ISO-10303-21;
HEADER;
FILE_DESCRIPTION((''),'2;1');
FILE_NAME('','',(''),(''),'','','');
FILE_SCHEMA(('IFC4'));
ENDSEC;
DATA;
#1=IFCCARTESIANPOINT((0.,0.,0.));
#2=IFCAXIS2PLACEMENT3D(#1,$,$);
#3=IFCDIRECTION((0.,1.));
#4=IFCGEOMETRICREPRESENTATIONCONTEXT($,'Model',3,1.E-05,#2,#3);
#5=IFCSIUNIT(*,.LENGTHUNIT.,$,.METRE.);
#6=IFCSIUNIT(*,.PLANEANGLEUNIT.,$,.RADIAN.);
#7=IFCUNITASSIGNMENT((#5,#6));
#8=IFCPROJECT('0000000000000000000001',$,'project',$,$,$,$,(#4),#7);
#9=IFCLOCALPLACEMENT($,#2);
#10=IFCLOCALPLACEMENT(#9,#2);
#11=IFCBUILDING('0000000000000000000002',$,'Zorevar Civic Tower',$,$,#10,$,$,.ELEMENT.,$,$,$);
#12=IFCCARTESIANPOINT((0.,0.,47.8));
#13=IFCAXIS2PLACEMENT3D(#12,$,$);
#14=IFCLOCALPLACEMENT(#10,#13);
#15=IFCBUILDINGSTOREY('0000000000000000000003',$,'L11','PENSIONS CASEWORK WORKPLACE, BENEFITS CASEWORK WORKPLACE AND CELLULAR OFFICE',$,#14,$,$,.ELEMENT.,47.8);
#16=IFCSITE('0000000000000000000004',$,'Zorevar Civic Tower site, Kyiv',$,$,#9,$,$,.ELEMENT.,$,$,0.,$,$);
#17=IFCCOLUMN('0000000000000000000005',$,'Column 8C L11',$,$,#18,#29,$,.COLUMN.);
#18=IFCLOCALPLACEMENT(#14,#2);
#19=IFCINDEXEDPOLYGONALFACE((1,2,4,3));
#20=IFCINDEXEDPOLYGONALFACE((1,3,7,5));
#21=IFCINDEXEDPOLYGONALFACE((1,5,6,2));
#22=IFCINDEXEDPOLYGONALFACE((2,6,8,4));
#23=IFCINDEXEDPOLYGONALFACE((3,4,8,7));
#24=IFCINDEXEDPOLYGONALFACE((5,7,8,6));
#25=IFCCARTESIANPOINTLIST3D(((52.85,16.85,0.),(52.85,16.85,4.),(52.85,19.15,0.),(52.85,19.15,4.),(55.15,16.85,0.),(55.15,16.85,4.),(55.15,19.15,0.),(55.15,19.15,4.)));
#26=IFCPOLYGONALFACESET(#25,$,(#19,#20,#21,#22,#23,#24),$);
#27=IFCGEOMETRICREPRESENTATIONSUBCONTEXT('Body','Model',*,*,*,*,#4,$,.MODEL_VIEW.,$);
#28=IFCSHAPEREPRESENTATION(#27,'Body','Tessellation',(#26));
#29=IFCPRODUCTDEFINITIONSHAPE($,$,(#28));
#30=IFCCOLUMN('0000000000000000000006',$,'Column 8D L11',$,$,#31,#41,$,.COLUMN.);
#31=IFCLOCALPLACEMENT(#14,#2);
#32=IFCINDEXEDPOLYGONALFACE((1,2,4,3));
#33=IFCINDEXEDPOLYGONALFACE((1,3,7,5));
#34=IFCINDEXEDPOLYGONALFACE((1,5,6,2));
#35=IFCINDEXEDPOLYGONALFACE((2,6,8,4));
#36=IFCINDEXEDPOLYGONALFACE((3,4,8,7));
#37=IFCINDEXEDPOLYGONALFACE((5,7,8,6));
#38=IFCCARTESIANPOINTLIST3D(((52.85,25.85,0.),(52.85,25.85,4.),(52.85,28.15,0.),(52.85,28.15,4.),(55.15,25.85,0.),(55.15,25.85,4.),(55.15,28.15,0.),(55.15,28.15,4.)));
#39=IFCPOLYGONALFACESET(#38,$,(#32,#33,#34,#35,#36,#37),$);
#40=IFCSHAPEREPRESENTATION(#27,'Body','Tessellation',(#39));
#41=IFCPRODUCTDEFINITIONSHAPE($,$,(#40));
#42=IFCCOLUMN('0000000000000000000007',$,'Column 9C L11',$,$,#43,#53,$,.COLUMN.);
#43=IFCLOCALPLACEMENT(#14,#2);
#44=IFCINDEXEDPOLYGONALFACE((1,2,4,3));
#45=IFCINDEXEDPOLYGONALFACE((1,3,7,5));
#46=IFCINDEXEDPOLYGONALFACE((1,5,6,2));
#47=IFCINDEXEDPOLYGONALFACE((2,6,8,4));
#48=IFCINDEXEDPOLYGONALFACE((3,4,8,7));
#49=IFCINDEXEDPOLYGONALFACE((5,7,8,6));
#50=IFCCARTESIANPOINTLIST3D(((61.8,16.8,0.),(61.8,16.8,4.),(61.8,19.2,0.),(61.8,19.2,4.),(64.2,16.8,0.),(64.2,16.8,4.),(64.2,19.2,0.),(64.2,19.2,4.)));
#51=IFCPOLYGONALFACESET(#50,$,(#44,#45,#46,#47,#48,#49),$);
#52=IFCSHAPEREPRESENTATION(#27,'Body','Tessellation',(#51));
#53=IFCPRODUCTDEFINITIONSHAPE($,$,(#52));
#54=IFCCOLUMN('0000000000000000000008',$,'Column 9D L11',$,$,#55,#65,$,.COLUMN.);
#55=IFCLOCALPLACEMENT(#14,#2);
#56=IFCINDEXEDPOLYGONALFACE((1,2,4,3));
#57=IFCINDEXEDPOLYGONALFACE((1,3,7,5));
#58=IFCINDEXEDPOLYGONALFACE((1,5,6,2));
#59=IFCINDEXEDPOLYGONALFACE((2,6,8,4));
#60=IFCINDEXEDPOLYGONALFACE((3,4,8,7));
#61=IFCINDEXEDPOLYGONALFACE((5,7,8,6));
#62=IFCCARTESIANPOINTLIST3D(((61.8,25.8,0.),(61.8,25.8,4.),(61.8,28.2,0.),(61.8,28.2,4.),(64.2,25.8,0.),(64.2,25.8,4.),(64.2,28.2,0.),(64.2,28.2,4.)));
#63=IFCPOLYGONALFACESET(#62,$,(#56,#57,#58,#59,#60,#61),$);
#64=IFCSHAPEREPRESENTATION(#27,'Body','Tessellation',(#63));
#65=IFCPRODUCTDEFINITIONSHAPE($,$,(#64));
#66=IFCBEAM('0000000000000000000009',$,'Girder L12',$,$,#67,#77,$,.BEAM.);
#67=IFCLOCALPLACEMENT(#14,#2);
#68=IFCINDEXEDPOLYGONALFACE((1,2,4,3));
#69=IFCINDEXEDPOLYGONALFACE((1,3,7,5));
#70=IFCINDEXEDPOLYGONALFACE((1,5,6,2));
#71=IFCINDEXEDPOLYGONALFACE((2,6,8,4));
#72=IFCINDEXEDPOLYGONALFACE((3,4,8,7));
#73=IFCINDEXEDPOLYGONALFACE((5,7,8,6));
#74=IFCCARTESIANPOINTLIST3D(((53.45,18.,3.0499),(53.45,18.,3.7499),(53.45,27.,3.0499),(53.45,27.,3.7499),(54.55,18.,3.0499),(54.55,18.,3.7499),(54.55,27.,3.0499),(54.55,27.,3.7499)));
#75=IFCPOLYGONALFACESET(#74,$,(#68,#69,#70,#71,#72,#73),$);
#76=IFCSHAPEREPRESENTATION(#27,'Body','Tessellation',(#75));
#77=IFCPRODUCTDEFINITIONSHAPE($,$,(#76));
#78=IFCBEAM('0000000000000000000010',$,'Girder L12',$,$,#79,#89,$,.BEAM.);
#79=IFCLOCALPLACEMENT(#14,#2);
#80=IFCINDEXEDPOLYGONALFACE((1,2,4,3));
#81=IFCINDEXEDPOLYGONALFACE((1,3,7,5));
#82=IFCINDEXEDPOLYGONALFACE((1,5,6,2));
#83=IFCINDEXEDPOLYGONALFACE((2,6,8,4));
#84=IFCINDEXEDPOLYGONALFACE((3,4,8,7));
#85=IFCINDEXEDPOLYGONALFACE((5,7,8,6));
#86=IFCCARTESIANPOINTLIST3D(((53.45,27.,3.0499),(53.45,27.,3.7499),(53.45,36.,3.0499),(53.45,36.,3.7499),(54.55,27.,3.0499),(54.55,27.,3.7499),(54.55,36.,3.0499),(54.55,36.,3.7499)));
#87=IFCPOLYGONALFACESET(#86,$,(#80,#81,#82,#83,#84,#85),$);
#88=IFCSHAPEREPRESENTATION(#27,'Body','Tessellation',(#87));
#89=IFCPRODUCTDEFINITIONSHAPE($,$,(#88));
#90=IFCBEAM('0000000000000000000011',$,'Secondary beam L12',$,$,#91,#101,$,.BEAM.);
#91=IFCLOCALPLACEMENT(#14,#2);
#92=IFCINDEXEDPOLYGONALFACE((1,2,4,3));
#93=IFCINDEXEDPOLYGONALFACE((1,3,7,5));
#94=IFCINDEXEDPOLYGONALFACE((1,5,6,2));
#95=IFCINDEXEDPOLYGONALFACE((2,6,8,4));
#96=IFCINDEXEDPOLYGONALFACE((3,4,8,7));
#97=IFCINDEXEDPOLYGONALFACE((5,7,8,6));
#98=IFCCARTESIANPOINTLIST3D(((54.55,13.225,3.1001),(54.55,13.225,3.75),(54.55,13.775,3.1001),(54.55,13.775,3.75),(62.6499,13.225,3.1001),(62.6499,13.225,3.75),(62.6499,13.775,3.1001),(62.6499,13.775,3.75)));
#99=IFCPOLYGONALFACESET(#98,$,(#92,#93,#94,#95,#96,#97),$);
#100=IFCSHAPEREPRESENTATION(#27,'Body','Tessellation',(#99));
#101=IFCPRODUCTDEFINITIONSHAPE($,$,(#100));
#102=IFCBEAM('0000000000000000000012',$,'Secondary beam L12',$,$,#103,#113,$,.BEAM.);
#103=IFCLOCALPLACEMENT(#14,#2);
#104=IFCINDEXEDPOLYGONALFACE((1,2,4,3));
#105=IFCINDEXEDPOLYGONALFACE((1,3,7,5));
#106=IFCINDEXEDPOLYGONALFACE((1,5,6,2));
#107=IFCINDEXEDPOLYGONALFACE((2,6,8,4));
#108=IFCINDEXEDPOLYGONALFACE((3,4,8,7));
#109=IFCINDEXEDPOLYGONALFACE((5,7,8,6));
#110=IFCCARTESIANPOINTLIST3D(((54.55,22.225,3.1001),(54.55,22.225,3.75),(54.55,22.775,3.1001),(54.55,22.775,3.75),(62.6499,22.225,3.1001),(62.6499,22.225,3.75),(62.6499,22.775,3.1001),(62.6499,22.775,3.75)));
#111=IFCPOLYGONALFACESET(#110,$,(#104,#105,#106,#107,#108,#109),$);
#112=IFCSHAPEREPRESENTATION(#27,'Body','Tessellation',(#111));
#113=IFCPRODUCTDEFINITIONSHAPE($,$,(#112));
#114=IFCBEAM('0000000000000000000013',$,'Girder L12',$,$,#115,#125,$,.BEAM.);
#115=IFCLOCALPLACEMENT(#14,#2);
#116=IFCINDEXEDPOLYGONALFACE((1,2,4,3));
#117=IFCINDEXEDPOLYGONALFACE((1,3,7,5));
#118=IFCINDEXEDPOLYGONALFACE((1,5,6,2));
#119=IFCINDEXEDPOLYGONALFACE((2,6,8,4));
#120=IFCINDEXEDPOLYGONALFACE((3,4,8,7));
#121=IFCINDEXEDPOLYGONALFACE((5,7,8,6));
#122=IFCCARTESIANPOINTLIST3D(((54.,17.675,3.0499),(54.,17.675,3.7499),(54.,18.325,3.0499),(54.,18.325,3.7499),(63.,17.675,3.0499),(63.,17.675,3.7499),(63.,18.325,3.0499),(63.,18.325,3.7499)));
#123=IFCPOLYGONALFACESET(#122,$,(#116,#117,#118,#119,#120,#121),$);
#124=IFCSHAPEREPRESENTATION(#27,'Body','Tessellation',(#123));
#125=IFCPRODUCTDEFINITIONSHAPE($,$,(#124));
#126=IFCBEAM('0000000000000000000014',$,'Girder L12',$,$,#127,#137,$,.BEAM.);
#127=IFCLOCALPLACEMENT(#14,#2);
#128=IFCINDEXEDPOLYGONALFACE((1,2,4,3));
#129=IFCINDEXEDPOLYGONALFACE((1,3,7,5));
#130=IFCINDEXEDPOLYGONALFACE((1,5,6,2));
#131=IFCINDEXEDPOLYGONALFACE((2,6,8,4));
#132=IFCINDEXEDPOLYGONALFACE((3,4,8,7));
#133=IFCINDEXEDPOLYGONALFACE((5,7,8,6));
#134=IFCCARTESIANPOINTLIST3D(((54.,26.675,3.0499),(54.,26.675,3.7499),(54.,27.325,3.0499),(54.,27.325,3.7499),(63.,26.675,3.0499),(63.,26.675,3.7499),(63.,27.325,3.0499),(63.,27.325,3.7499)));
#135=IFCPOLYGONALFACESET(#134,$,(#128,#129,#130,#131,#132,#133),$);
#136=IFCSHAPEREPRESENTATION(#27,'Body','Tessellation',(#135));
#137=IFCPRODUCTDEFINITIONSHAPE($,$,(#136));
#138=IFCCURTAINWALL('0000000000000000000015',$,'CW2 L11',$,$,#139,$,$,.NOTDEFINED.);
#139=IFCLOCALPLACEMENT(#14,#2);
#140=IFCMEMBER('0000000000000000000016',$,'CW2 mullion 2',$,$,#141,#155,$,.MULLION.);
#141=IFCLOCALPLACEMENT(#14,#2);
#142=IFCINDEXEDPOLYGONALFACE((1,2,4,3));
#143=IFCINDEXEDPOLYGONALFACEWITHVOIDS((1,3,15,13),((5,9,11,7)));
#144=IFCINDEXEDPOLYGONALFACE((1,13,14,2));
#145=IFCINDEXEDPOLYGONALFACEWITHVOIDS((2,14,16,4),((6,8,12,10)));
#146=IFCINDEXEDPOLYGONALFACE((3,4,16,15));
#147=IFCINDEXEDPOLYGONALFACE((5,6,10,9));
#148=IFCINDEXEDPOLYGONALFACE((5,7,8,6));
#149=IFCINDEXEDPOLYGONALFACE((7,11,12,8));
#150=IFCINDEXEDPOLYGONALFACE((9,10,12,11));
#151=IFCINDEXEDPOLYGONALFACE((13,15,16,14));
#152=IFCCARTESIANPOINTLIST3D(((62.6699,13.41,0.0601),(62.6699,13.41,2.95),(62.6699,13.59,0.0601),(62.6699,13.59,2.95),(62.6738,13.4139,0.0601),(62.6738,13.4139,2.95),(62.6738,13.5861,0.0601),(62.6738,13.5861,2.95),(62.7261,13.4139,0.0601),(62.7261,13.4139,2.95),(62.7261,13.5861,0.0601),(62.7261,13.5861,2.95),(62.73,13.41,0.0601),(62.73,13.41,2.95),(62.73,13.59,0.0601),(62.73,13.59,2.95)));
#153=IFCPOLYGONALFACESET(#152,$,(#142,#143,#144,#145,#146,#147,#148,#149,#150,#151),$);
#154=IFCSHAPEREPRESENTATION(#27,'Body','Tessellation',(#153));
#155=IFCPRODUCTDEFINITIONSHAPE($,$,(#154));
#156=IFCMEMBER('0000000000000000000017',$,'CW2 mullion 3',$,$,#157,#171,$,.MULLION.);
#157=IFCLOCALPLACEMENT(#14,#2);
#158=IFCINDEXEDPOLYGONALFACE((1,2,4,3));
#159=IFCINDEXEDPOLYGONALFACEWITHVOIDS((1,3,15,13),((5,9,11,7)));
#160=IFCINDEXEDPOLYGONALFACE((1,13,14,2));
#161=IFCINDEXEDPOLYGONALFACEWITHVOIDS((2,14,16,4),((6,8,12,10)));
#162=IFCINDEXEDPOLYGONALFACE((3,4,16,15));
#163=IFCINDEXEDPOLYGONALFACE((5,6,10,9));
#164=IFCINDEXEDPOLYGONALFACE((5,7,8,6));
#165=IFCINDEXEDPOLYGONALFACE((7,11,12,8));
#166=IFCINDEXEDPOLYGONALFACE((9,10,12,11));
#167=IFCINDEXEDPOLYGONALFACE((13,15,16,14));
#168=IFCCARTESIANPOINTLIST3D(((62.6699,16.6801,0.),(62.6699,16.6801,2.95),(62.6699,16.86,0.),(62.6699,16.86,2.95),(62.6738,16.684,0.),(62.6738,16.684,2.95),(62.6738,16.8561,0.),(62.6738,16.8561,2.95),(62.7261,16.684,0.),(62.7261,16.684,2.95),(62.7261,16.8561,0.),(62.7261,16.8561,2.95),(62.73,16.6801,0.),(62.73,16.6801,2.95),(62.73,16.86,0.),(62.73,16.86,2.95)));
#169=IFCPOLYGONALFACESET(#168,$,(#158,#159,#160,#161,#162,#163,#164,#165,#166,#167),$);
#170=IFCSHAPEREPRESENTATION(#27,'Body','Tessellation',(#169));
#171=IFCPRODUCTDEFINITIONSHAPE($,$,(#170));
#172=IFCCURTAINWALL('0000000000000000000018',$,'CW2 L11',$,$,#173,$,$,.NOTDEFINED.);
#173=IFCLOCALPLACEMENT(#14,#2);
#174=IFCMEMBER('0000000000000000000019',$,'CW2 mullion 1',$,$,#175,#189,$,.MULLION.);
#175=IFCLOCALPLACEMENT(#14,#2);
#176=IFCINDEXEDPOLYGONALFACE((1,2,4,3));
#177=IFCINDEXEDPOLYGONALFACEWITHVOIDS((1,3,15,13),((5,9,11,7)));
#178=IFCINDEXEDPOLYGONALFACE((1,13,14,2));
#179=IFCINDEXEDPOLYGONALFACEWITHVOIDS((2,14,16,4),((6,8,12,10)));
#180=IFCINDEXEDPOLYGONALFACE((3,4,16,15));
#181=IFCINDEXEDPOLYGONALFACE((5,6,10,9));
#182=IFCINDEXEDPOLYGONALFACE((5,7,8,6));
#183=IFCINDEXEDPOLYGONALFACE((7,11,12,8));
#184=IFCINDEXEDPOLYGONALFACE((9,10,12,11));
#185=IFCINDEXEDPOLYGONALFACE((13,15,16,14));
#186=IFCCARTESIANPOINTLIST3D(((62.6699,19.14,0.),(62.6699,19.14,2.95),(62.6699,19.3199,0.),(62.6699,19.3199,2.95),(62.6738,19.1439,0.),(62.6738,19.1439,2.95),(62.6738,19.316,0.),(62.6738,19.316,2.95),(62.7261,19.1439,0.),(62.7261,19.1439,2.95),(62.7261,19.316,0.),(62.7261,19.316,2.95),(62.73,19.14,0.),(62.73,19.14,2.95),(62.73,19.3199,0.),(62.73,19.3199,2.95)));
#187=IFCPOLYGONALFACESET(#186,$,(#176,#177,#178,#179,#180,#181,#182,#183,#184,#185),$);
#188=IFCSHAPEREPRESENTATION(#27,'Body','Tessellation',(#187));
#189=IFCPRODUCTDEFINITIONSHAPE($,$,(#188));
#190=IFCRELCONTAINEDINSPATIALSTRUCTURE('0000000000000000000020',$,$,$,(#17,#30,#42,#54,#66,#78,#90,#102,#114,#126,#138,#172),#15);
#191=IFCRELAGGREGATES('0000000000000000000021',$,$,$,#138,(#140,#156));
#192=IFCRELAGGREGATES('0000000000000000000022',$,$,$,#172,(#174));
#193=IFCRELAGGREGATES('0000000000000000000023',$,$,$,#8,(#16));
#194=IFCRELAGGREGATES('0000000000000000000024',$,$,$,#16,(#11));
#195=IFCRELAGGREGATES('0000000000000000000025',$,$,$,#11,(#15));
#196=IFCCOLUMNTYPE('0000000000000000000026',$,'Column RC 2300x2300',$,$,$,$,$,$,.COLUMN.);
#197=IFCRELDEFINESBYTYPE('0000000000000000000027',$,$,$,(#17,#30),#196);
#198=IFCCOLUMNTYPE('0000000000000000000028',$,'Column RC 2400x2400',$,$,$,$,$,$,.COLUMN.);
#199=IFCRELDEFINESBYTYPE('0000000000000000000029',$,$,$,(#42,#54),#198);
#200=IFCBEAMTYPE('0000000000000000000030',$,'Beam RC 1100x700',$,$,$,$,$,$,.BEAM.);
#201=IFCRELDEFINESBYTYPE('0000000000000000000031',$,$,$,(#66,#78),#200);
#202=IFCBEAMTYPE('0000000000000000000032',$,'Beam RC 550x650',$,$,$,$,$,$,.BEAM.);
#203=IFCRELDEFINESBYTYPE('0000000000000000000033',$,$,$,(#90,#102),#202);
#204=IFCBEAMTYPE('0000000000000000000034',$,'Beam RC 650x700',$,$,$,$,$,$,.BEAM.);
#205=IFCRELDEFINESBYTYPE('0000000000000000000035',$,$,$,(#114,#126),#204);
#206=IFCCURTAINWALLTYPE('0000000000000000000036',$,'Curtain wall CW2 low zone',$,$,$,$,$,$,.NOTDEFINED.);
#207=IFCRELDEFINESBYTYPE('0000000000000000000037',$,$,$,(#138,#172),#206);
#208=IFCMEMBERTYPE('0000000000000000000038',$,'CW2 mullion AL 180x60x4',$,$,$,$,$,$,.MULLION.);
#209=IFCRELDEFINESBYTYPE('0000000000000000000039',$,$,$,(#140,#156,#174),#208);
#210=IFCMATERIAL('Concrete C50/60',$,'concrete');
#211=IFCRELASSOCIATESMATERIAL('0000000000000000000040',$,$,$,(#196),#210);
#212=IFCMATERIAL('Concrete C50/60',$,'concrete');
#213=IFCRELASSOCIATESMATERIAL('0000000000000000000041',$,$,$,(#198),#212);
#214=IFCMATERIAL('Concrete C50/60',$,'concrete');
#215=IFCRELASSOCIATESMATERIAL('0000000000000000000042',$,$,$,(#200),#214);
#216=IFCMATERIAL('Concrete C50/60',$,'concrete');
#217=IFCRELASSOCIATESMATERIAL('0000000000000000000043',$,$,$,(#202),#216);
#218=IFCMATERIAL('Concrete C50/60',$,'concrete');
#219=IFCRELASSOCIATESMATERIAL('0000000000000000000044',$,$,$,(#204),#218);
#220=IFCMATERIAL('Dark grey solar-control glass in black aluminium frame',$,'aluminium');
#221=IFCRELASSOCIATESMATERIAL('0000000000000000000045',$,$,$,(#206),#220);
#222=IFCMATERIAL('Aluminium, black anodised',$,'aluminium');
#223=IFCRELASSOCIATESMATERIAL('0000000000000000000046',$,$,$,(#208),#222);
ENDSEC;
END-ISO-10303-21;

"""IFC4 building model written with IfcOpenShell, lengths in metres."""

from ifc_helpers import new_model, si_unit, direction, frame, origin, origin_2d, place, context, subcontext, project, spatial, rectangle, hollow_rectangle, extrude, material, material_profile, profile_set, type_object, element, aggregate, save


model = new_model("IFC4")

# Units and contexts
model_context = context("Model", 3, precision=1e-05, world=origin(), true_north=direction((0.0, 1.0)))
body_context = subcontext(model_context, "Body", "Model", "MODEL_VIEW")
ifc_project = project(units=[si_unit("LENGTHUNIT", "METRE"), si_unit("PLANEANGLEUNIT", "RADIAN")], contexts=[model_context])

# Site, building, storey
site_placement = place(None, origin())
site = spatial("IfcSite", under=ifc_project, at=site_placement, Name="Zorevar Civic Tower site, Kyiv", CompositionType="ELEMENT", RefElevation=0.0)
building_placement = place(site_placement, origin())
building = spatial("IfcBuilding", under=site, at=building_placement, Name="Zorevar Civic Tower", CompositionType="ELEMENT")
storey_placement = place(building_placement, frame((0.0, 0.0, 47.8)))
storey = spatial("IfcBuildingStorey", under=building, at=storey_placement, Name="L11", Description="PENSIONS CASEWORK WORKPLACE, BENEFITS CASEWORK WORKPLACE AND CELLULAR OFFICE", CompositionType="ELEMENT", Elevation=47.8)

# Columns
ifc_material_1 = material(Name="Concrete C50/60", Category="concrete")
ifc_material_profile_1 = material_profile(ifc_material_1, rectangle(XDim=2.3, YDim=2.3, at=origin_2d()), Name="RC 2300x2300")
ifc_profile_set_1 = profile_set([ifc_material_profile_1], Name="Concrete C50/60")
column_type_1 = type_object("IfcColumnType", Name="Column RC 2300x2300", PredefinedType="COLUMN", material=ifc_profile_set_1)
for number, where, z_axis, x_axis, name in (
    (1, (54.0, 18.0, 0.0), (0.0, 0.0, 1.0), (1.0, 0.0, 0.0), "Column 8C L11"),
    (2, (54.0, 27.0, 0.0), (0.0, 0.0, 1.0), (1.0, 0.0, 0.0), "Column 8D L11"),
):
    element("IfcColumn", number, at=place(storey_placement, frame(where, z_axis=z_axis, x_axis=x_axis)), inside=storey, type_object=column_type_1, Name=name, PredefinedType="COLUMN", context=body_context, shape_type="SweptSolid", body=[
        extrude(rectangle(XDim=2.3, YDim=2.3, at=origin_2d()), origin(), (0.0, 0.0, 1.0), 4.0),
    ])
ifc_material_2 = material(Name="Concrete C50/60", Category="concrete")
ifc_material_profile_2 = material_profile(ifc_material_2, rectangle(XDim=2.3999, YDim=2.3999, at=origin_2d()), Name="RC 2400x2400")
ifc_profile_set_2 = profile_set([ifc_material_profile_2], Name="Concrete C50/60")
column_type_2 = type_object("IfcColumnType", Name="Column RC 2400x2400", PredefinedType="COLUMN", material=ifc_profile_set_2)
for number, where, z_axis, x_axis, name in (
    (3, (63.0, 18.0, 0.0), (0.0, 0.0, 1.0), (1.0, 0.0, 0.0), "Column 9C L11"),
    (4, (63.0, 27.0, 0.0), (0.0, 0.0, 1.0), (1.0, 0.0, 0.0), "Column 9D L11"),
):
    element("IfcColumn", number, at=place(storey_placement, frame(where, z_axis=z_axis, x_axis=x_axis)), inside=storey, type_object=column_type_2, Name=name, PredefinedType="COLUMN", context=body_context, shape_type="SweptSolid", body=[
        extrude(rectangle(XDim=2.3999, YDim=2.3999, at=origin_2d()), origin(), (0.0, 0.0, 1.0), 4.0),
    ])

# Beams
ifc_material_3 = material(Name="Concrete C50/60", Category="concrete")
ifc_material_profile_3 = material_profile(ifc_material_3, rectangle(XDim=1.1001, YDim=0.7, at=origin_2d()), Name="RC 1100x700")
ifc_profile_set_3 = profile_set([ifc_material_profile_3], Name="Concrete C50/60")
beam_type_1 = type_object("IfcBeamType", Name="Beam RC 1100x700", PredefinedType="BEAM", material=ifc_profile_set_3)
for number, where, z_axis, x_axis, name in (
    (5, (54.0, 18.0, 3.3999), (0.0, 1.0, 0.0), (-1.0, 0.0, 0.0), "Girder L12"),
    (6, (54.0, 27.0, 3.3999), (0.0, 1.0, 0.0), (-1.0, 0.0, 0.0), "Girder L12"),
):
    element("IfcBeam", number, at=place(storey_placement, frame(where, z_axis=z_axis, x_axis=x_axis)), inside=storey, type_object=beam_type_1, Name=name, PredefinedType="BEAM", context=body_context, shape_type="SweptSolid", body=[
        extrude(rectangle(XDim=1.1001, YDim=0.7, at=origin_2d()), origin(), (0.0, 0.0, 1.0), 9.0),
    ])
ifc_material_4 = material(Name="Concrete C50/60", Category="concrete")
ifc_material_profile_4 = material_profile(ifc_material_4, rectangle(XDim=0.55, YDim=0.6499, at=origin_2d()), Name="RC 550x650")
ifc_profile_set_4 = profile_set([ifc_material_profile_4], Name="Concrete C50/60")
beam_type_2 = type_object("IfcBeamType", Name="Beam RC 550x650", PredefinedType="BEAM", material=ifc_profile_set_4)
for number, where, z_axis, x_axis, name in (
    (7, (54.55, 13.5, 3.425), (1.0, 0.0, 0.0), (0.0, 1.0, 0.0), "Secondary beam L12"),
    (8, (54.55, 22.5, 3.425), (1.0, 0.0, 0.0), (0.0, 1.0, 0.0), "Secondary beam L12"),
):
    element("IfcBeam", number, at=place(storey_placement, frame(where, z_axis=z_axis, x_axis=x_axis)), inside=storey, type_object=beam_type_2, Name=name, PredefinedType="BEAM", context=body_context, shape_type="SweptSolid", body=[
        extrude(rectangle(XDim=0.55, YDim=0.6499, at=origin_2d()), origin(), (0.0, 0.0, 1.0), 8.0999),
    ])
ifc_material_5 = material(Name="Concrete C50/60", Category="concrete")
ifc_material_profile_5 = material_profile(ifc_material_5, rectangle(XDim=0.6499, YDim=0.7, at=origin_2d()), Name="RC 650x700")
ifc_profile_set_5 = profile_set([ifc_material_profile_5], Name="Concrete C50/60")
beam_type_3 = type_object("IfcBeamType", Name="Beam RC 650x700", PredefinedType="BEAM", material=ifc_profile_set_5)
for number, where, z_axis, x_axis, name in (
    (9, (54.0, 18.0, 3.3999), (1.0, 0.0, 0.0), (0.0, 1.0, 0.0), "Girder L12"),
    (10, (54.0, 27.0, 3.3999), (1.0, 0.0, 0.0), (0.0, 1.0, 0.0), "Girder L12"),
):
    element("IfcBeam", number, at=place(storey_placement, frame(where, z_axis=z_axis, x_axis=x_axis)), inside=storey, type_object=beam_type_3, Name=name, PredefinedType="BEAM", context=body_context, shape_type="SweptSolid", body=[
        extrude(rectangle(XDim=0.6499, YDim=0.7, at=origin_2d()), origin(), (0.0, 0.0, 1.0), 9.0),
    ])

# Curtain walls, members
ifc_material_6 = material(Name="Dark grey solar-control glass in black aluminium frame", Category="aluminium")
curtain_wall_type = type_object("IfcCurtainWallType", Name="Curtain wall CW2 low zone", PredefinedType="NOTDEFINED", material=ifc_material_6)
curtain_wall_1_placement = place(storey_placement, origin())
curtain_wall_1 = element("IfcCurtainWall", 11, at=curtain_wall_1_placement, inside=storey, type_object=curtain_wall_type, Name="CW2 L11", PredefinedType="NOTDEFINED")
ifc_material_7 = material(Name="Aluminium, black anodised", Category="aluminium")
ifc_material_profile_6 = material_profile(ifc_material_7, hollow_rectangle(XDim=0.0601, YDim=0.1799, WallThickness=0.0039, at=origin_2d()), Name="AL 180x60x4")
ifc_profile_set_6 = profile_set([ifc_material_profile_6], Name="Aluminium, black anodised")
member_type_1 = type_object("IfcMemberType", Name="CW2 mullion AL 180x60x4", PredefinedType="MULLION", material=ifc_profile_set_6)
member_1_placement = place(storey_placement, frame((62.7, 13.5, 0.0601), z_axis=(0.0, 0.0, 1.0), x_axis=(-1.0, 0.0, 0.0)))
member_1 = element("IfcMember", 12, at=member_1_placement, type_object=member_type_1, Name="CW2 mullion 2", PredefinedType="MULLION", context=body_context, shape_type="SweptSolid", body=[
    extrude(hollow_rectangle(XDim=0.0601, YDim=0.1799, WallThickness=0.0039, at=origin_2d()), origin(), (0.0, 0.0, 1.0), 2.8899),
])
member_2_placement = place(storey_placement, frame((62.7, 16.77, 0.0), z_axis=(0.0, 0.0, 1.0), x_axis=(-1.0, 0.0, 0.0)))
member_2 = element("IfcMember", 13, at=member_2_placement, type_object=member_type_1, Name="CW2 mullion 3", PredefinedType="MULLION", context=body_context, shape_type="SweptSolid", body=[
    extrude(hollow_rectangle(XDim=0.0601, YDim=0.1799, WallThickness=0.0039, at=origin_2d()), origin(), (0.0, 0.0, 1.0), 2.95),
])
curtain_wall_2_placement = place(storey_placement, origin())
curtain_wall_2 = element("IfcCurtainWall", 14, at=curtain_wall_2_placement, inside=storey, type_object=curtain_wall_type, Name="CW2 L11", PredefinedType="NOTDEFINED")
member_3_placement = place(storey_placement, frame((62.7, 19.23, 0.0), z_axis=(0.0, 0.0, 1.0), x_axis=(-1.0, 0.0, 0.0)))
member_3 = element("IfcMember", 15, at=member_3_placement, type_object=member_type_1, Name="CW2 mullion 1", PredefinedType="MULLION", context=body_context, shape_type="SweptSolid", body=[
    extrude(hollow_rectangle(XDim=0.0601, YDim=0.1799, WallThickness=0.0039, at=origin_2d()), origin(), (0.0, 0.0, 1.0), 2.95),
])

aggregate(curtain_wall_1, [member_1, member_2])
aggregate(curtain_wall_2, [member_3])

save(model, "model.ifc")
